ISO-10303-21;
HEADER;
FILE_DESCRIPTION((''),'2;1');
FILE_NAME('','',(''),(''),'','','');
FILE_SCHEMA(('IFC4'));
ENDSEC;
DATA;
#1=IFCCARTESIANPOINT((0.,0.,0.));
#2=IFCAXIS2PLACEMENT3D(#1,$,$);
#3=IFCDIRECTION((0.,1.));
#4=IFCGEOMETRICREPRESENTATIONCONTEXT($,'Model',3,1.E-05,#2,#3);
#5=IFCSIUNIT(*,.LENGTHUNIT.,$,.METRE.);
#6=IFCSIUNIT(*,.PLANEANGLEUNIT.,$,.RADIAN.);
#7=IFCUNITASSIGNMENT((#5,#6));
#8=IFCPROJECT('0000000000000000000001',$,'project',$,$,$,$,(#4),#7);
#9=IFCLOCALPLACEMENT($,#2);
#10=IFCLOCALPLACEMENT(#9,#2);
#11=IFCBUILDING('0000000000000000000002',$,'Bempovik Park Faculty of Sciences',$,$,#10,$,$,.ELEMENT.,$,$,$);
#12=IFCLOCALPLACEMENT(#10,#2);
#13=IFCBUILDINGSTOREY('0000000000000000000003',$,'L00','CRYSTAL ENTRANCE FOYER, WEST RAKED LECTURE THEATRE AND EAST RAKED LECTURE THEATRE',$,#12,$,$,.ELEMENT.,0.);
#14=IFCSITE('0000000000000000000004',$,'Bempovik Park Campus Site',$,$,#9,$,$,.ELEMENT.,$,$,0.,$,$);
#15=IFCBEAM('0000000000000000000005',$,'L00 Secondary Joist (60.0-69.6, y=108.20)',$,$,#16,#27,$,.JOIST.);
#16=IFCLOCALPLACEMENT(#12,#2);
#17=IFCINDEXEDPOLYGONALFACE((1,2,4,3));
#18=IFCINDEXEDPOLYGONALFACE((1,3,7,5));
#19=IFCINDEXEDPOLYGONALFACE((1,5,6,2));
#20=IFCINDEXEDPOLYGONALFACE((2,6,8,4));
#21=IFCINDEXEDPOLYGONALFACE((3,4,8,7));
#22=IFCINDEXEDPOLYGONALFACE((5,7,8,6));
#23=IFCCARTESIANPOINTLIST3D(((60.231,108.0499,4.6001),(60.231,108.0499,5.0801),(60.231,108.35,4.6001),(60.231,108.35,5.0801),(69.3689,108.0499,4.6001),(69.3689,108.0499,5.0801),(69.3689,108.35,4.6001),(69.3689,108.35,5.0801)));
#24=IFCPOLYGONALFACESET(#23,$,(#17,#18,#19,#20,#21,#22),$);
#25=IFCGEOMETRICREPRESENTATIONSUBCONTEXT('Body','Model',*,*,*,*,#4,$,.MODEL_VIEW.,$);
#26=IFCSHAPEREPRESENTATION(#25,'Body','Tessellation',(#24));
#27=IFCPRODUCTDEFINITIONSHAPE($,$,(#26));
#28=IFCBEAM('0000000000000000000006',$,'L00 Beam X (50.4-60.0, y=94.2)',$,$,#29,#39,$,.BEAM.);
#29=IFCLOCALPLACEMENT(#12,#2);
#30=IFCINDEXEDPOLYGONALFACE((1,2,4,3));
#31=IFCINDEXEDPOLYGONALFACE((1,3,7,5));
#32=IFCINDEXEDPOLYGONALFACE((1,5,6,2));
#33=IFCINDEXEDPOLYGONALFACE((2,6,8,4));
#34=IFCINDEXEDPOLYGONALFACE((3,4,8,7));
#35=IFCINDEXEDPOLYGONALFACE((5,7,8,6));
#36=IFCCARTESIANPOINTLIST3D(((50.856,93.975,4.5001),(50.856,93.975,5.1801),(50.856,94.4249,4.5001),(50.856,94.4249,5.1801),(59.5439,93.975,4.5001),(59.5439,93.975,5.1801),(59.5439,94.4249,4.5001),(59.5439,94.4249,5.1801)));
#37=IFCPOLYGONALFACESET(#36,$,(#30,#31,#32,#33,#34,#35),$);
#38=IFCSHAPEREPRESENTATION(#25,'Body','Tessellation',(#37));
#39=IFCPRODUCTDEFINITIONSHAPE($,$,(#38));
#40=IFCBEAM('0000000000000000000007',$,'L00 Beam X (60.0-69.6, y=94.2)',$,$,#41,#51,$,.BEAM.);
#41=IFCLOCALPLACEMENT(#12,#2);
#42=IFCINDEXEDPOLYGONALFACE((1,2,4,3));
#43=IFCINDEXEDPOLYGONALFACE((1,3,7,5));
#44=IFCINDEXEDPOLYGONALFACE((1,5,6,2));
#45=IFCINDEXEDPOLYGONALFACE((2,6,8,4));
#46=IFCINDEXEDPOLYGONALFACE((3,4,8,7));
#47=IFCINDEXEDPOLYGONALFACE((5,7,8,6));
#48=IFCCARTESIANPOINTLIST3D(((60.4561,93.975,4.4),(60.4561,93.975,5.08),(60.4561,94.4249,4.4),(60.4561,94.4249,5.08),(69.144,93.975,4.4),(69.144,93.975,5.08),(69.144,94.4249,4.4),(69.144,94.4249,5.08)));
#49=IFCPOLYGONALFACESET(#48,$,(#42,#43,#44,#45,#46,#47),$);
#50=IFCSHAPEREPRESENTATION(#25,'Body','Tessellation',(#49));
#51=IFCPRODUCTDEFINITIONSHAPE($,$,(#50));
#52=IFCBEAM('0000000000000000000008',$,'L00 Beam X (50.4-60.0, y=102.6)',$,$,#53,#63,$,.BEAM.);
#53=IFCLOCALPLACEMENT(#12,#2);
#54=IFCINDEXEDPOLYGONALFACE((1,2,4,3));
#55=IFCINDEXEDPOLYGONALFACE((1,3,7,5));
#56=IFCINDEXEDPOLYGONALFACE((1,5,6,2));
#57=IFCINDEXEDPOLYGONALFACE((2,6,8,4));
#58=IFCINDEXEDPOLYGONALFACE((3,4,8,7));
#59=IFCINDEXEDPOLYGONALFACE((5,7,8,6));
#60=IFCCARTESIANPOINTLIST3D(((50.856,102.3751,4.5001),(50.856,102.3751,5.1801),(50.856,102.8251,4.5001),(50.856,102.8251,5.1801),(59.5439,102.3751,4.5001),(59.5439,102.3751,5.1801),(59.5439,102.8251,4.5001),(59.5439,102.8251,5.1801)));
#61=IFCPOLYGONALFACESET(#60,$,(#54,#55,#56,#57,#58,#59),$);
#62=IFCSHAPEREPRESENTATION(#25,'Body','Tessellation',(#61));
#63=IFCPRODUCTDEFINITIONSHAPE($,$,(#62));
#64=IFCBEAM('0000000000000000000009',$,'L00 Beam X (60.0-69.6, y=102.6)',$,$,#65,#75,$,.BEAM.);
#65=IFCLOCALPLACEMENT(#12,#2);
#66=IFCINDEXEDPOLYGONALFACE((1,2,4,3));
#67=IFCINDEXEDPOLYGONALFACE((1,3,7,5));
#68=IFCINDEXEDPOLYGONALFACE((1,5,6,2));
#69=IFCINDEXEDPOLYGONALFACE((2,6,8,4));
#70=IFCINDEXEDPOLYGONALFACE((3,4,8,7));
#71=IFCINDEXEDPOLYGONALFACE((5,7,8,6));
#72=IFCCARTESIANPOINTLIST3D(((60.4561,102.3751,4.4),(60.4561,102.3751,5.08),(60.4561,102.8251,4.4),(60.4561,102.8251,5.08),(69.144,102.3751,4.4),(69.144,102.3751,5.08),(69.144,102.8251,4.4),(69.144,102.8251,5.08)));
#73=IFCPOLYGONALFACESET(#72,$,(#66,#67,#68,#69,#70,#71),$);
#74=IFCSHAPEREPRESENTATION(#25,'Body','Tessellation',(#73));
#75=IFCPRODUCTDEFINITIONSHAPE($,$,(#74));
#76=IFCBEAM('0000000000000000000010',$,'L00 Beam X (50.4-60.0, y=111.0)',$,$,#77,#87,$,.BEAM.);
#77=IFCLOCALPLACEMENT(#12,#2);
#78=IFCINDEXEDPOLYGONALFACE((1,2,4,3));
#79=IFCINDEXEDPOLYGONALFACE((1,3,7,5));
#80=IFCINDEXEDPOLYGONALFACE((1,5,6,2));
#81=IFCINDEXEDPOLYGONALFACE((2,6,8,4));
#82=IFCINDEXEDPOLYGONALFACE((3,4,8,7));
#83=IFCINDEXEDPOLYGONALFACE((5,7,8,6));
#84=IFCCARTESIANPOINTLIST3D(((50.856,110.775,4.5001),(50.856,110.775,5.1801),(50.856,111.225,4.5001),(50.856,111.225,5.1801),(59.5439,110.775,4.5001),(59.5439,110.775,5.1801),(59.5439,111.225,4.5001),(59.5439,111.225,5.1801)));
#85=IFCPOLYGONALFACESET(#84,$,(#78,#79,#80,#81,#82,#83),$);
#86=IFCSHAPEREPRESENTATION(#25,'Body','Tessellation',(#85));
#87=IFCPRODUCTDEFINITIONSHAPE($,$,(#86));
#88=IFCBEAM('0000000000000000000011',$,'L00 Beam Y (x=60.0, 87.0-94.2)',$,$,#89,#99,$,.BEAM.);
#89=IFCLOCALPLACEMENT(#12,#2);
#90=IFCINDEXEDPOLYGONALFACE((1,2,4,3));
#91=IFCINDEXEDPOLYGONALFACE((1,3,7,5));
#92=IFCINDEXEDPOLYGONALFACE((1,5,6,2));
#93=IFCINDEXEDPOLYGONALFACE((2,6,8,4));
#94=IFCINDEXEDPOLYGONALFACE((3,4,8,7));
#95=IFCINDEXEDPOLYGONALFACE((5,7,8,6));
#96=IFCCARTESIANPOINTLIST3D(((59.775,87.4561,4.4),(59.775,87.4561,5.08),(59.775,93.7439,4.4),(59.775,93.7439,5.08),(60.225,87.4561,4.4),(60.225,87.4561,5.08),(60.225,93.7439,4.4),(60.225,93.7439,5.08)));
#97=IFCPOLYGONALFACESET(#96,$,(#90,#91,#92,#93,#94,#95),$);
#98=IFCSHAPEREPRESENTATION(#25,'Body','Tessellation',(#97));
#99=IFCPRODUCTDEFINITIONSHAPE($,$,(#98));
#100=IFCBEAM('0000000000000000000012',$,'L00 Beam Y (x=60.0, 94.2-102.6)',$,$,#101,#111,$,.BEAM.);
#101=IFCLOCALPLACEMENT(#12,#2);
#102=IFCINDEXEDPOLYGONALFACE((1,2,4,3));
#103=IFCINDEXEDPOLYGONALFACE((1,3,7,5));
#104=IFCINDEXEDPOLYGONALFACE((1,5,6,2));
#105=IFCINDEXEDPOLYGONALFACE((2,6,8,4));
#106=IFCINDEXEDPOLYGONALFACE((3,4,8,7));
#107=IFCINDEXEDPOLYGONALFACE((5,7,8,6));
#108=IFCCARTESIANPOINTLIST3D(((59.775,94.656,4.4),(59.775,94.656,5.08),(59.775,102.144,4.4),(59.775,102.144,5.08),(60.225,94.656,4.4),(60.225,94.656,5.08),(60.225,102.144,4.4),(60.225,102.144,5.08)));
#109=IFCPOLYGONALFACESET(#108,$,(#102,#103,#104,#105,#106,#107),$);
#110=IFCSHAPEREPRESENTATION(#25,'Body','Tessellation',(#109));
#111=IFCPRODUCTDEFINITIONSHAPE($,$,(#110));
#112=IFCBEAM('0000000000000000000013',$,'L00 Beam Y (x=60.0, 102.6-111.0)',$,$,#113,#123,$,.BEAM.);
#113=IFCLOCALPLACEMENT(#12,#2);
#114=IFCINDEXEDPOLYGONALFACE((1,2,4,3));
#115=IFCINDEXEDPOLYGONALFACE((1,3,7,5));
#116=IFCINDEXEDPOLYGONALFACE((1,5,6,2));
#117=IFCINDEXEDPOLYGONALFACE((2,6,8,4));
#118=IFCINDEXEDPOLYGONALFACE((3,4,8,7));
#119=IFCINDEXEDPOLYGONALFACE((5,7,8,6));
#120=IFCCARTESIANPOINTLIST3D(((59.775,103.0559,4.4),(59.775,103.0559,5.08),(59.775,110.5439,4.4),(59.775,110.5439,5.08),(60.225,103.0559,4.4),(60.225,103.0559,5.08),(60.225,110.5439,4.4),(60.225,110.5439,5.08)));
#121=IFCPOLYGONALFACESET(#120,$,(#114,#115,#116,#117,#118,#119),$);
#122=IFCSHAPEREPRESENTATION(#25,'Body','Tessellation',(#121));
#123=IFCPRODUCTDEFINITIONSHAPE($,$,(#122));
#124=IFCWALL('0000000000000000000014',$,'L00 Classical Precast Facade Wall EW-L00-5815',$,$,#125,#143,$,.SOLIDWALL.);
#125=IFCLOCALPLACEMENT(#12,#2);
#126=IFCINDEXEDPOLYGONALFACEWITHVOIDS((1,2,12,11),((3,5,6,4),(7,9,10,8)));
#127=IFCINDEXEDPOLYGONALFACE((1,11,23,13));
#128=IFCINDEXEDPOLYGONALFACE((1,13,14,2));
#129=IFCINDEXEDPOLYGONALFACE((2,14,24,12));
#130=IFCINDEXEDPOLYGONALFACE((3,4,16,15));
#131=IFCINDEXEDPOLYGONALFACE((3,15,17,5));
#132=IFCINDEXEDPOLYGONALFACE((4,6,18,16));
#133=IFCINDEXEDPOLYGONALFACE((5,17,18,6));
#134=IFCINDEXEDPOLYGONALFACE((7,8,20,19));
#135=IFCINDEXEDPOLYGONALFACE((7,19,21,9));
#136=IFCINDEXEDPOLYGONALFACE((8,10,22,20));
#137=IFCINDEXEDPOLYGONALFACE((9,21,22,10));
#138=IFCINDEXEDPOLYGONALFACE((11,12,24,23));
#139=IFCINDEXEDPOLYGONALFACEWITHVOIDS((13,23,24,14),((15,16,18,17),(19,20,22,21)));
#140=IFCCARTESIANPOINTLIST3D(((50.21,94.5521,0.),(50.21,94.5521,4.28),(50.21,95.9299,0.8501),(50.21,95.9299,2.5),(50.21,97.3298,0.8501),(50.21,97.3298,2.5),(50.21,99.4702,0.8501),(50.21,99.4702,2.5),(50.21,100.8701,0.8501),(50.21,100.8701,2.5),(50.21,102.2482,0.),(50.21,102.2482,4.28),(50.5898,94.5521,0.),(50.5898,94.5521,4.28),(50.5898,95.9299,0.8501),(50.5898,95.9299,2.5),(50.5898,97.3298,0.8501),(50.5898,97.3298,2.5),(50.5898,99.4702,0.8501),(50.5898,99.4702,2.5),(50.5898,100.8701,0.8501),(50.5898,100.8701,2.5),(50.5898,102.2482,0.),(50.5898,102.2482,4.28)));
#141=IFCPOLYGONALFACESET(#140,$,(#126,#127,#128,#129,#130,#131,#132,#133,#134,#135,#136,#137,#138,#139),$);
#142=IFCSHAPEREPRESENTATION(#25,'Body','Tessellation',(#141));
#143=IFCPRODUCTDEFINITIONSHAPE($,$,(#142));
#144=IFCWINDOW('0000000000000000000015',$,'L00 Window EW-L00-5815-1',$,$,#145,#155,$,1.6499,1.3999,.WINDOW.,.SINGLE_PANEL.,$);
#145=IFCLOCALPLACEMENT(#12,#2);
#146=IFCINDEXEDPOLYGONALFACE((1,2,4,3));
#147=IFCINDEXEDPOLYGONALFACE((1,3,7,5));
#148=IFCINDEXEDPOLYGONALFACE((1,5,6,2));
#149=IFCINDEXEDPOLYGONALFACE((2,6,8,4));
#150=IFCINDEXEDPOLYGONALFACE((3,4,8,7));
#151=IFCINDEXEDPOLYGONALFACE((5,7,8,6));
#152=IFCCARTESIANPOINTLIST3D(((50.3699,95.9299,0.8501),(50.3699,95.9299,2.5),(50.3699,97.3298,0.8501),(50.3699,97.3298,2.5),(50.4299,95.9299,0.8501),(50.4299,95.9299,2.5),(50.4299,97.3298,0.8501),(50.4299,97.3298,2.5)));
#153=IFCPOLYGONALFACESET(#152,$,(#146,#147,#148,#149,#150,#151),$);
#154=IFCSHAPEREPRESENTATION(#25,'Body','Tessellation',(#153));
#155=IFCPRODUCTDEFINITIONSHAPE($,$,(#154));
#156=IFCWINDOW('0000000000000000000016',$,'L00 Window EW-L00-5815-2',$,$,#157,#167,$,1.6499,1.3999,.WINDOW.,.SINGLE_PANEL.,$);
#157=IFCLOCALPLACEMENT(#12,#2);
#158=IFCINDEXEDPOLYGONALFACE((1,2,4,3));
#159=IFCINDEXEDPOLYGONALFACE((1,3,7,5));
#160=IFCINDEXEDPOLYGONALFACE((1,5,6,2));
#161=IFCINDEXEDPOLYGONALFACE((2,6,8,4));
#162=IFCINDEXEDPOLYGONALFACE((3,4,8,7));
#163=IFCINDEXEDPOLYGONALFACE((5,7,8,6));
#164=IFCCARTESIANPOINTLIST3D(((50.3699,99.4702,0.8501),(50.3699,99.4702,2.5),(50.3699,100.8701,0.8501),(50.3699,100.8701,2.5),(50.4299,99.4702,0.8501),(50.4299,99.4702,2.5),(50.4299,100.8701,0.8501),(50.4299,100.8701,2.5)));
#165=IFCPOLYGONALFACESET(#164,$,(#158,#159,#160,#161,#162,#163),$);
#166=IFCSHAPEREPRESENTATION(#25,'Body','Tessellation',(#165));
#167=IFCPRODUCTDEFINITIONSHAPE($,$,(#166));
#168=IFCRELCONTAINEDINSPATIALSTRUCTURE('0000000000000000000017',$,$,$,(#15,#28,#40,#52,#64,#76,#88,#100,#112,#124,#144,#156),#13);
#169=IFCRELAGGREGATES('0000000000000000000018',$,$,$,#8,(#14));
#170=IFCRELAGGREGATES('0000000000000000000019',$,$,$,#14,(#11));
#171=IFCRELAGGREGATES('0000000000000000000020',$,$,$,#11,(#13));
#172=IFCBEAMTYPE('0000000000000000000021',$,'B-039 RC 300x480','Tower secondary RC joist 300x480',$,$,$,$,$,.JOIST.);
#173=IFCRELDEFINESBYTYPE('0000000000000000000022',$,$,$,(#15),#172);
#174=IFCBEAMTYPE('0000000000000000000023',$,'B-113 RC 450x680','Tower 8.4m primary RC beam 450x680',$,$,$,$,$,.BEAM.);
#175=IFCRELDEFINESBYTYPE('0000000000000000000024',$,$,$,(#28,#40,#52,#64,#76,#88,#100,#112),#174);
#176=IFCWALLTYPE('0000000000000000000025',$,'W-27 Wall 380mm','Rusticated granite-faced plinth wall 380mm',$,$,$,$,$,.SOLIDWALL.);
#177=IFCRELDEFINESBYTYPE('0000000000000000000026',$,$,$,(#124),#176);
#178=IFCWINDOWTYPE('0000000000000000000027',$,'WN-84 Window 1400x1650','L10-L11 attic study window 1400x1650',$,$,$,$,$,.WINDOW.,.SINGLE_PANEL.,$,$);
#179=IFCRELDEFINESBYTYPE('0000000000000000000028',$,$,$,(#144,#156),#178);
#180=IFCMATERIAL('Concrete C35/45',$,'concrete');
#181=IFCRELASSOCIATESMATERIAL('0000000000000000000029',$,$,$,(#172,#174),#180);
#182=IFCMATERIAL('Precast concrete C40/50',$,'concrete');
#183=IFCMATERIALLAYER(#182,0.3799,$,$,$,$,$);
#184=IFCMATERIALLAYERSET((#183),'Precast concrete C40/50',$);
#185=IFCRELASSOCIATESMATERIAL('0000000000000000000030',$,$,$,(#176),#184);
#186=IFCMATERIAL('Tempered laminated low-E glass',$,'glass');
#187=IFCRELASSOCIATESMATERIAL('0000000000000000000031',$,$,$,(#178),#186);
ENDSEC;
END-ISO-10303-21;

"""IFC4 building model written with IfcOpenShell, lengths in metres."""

from ifc_helpers import new_model, si_unit, direction, frame, frame_2d, origin, origin_2d, place, context, subcontext, project, spatial, rectangle, extrude, material, layer, layer_set, material_profile, profile_set, type_object, element, fill, save


model = new_model("IFC4")

# Units and contexts
model_context = context("Model", 3, precision=1e-05, world=origin(), true_north=direction((0.0, 1.0)))
body_context = subcontext(model_context, "Body", "Model", "MODEL_VIEW")
ifc_project = project(units=[si_unit("LENGTHUNIT", "METRE"), si_unit("PLANEANGLEUNIT", "RADIAN")], contexts=[model_context])

# Site, building, storey
site_placement = place(None, origin())
site = spatial("IfcSite", under=ifc_project, at=site_placement, Name="Bempovik Park Campus Site", CompositionType="ELEMENT", RefElevation=0.0)
building_placement = place(site_placement, origin())
building = spatial("IfcBuilding", under=site, at=building_placement, Name="Bempovik Park Faculty of Sciences", CompositionType="ELEMENT")
storey_placement = place(building_placement, origin())
storey = spatial("IfcBuildingStorey", under=building, at=storey_placement, Name="L00", Description="CRYSTAL ENTRANCE FOYER, WEST RAKED LECTURE THEATRE AND EAST RAKED LECTURE THEATRE", CompositionType="ELEMENT", Elevation=0.0)

# Beams
ifc_material_1 = material(Name="Concrete C35/45", Category="concrete")
ifc_material_profile_1 = material_profile(ifc_material_1, rectangle(XDim=0.3, YDim=0.48, at=origin_2d()), Name="RC 300x480")
ifc_profile_set_1 = profile_set([ifc_material_profile_1], Name="Concrete C35/45")
beam_type_1 = type_object("IfcBeamType", Name="B-039 RC 300x480", Description="Tower secondary RC joist 300x480", PredefinedType="JOIST", material=ifc_profile_set_1)
for number, where, z_axis, x_axis, name in (
    (1, (60.231, 108.2, 4.8401), (1.0, 0.0, 0.0), (0.0, 1.0, 0.0), "L00 Secondary Joist (60.0-69.6, y=108.20)"),
):
    element("IfcBeam", number, at=place(storey_placement, frame(where, z_axis=z_axis, x_axis=x_axis)), inside=storey, type_object=beam_type_1, Name=name, PredefinedType="JOIST", context=body_context, shape_type="SweptSolid", body=[
        extrude(rectangle(XDim=0.3, YDim=0.48, at=origin_2d()), origin(), (0.0, 0.0, 1.0), 9.1379),
    ])
ifc_material_profile_2 = material_profile(ifc_material_1, rectangle(XDim=0.45, YDim=0.6799, at=origin_2d()), Name="RC 450x680")
ifc_profile_set_2 = profile_set([ifc_material_profile_2], Name="Concrete C35/45")
beam_type_2 = type_object("IfcBeamType", Name="B-113 RC 450x680", Description="Tower 8.4m primary RC beam 450x680", PredefinedType="BEAM", material=ifc_profile_set_2)
for number, where, z_axis, x_axis, name in (
    (2, (50.856, 94.2, 4.8401), (1.0, 0.0, 0.0), (0.0, 1.0, 0.0), "L00 Beam X (50.4-60.0, y=94.2)"),
    (3, (60.4561, 94.2, 4.74), (1.0, 0.0, 0.0), (0.0, 1.0, 0.0), "L00 Beam X (60.0-69.6, y=94.2)"),
    (4, (50.856, 102.6001, 4.8401), (1.0, 0.0, 0.0), (0.0, 1.0, 0.0), "L00 Beam X (50.4-60.0, y=102.6)"),
    (5, (60.4561, 102.6001, 4.74), (1.0, 0.0, 0.0), (0.0, 1.0, 0.0), "L00 Beam X (60.0-69.6, y=102.6)"),
    (6, (50.856, 111.0, 4.8401), (1.0, 0.0, 0.0), (0.0, 1.0, 0.0), "L00 Beam X (50.4-60.0, y=111.0)"),
):
    element("IfcBeam", number, at=place(storey_placement, frame(where, z_axis=z_axis, x_axis=x_axis)), inside=storey, type_object=beam_type_2, Name=name, PredefinedType="BEAM", context=body_context, shape_type="SweptSolid", body=[
        extrude(rectangle(XDim=0.45, YDim=0.6799, at=origin_2d()), origin(), (0.0, 0.0, 1.0), 8.688),
    ])
beam_1_placement = place(storey_placement, frame((60.0, 87.4561, 4.74), z_axis=(0.0, 1.0, 0.0), x_axis=(-1.0, 0.0, 0.0)))
element("IfcBeam", 7, at=beam_1_placement, inside=storey, type_object=beam_type_2, Name="L00 Beam Y (x=60.0, 87.0-94.2)", PredefinedType="BEAM", context=body_context, shape_type="SweptSolid", body=[
    extrude(rectangle(XDim=0.45, YDim=0.6799, at=origin_2d()), origin(), (0.0, 0.0, 1.0), 6.2878),
])
for number, where, z_axis, x_axis, name in (
    (8, (60.0, 94.656, 4.74), (0.0, 1.0, 0.0), (-1.0, 0.0, 0.0), "L00 Beam Y (x=60.0, 94.2-102.6)"),
    (9, (60.0, 103.0559, 4.74), (0.0, 1.0, 0.0), (-1.0, 0.0, 0.0), "L00 Beam Y (x=60.0, 102.6-111.0)"),
):
    element("IfcBeam", number, at=place(storey_placement, frame(where, z_axis=z_axis, x_axis=x_axis)), inside=storey, type_object=beam_type_2, Name=name, PredefinedType="BEAM", context=body_context, shape_type="SweptSolid", body=[
        extrude(rectangle(XDim=0.45, YDim=0.6799, at=origin_2d()), origin(), (0.0, 0.0, 1.0), 7.488),
    ])

# Wall, openings, windows
ifc_material_2 = material(Name="Precast concrete C40/50", Category="concrete")
ifc_layer_1 = layer(ifc_material_2, 0.3799)
ifc_layer_set_1 = layer_set([ifc_layer_1], Name="Precast concrete C40/50")
wall_type_1 = type_object("IfcWallType", Name="W-27 Wall 380mm", Description="Rusticated granite-faced plinth wall 380mm", PredefinedType="SOLIDWALL", material=ifc_layer_set_1)
wall_1_placement = place(storey_placement, frame((50.3999, 94.552, 0.0), z_axis=(0.0, 0.0, 1.0), x_axis=(0.0, 1.0, 0.0)))
wall_1 = element("IfcWall", 10, at=wall_1_placement, inside=storey, type_object=wall_type_1, Name="L00 Classical Precast Facade Wall EW-L00-5815", PredefinedType="SOLIDWALL", context=body_context, shape_type="SweptSolid", body=[
    extrude(rectangle(XDim=7.696, YDim=0.3799, at=frame_2d((3.8481, 0.0))), origin(), (0.0, 0.0, 1.0), 4.28),
])
opening_1_placement = place(wall_1_placement, frame((1.3779, 0.0, 0.8501)))
opening_1 = element("IfcOpeningElement", 11, at=opening_1_placement, cuts=wall_1, PredefinedType="OPENING", context=body_context, shape_type="SweptSolid", body=[
    extrude(rectangle(XDim=1.3999, YDim=1.6499, at=frame_2d((0.7, 0.825))), frame((0.0, 0.2, 0.0), z_axis=(0.0, -1.0, 0.0), x_axis=(1.0, 0.0, 0.0)), (0.0, 0.0, 1.0), 0.3999),
])
opening_2_placement = place(wall_1_placement, frame((4.9182, 0.0, 0.8501)))
opening_2 = element("IfcOpeningElement", 12, at=opening_2_placement, cuts=wall_1, PredefinedType="OPENING", context=body_context, shape_type="SweptSolid", body=[
    extrude(rectangle(XDim=1.3999, YDim=1.6499, at=frame_2d((0.7, 0.825))), frame((0.0, 0.2, 0.0), z_axis=(0.0, -1.0, 0.0), x_axis=(1.0, 0.0, 0.0)), (0.0, 0.0, 1.0), 0.3999),
])
ifc_material_3 = material(Name="Tempered laminated low-E glass", Category="glass")
window_type = type_object("IfcWindowType", Name="WN-84 Window 1400x1650", Description="L10-L11 attic study window 1400x1650", PartitioningType="SINGLE_PANEL", PredefinedType="WINDOW", material=ifc_material_3)
window_1_placement = place(opening_1_placement, origin())
window_1 = element("IfcWindow", 13, at=window_1_placement, inside=storey, type_object=window_type, Name="L00 Window EW-L00-5815-1", OverallHeight=1.6499, OverallWidth=1.3999, PartitioningType="SINGLE_PANEL", PredefinedType="WINDOW", context=body_context, shape_type="SweptSolid", body=[
    extrude(rectangle(XDim=1.3999, YDim=1.6499, at=frame_2d((0.7, 0.825))), frame((0.0, 0.03, 0.0), z_axis=(0.0, -1.0, 0.0), x_axis=(1.0, 0.0, 0.0)), (0.0, 0.0, 1.0), 0.0601),
])
fill(opening_1, window_1)
window_2_placement = place(opening_2_placement, origin())
window_2 = element("IfcWindow", 14, at=window_2_placement, inside=storey, type_object=window_type, Name="L00 Window EW-L00-5815-2", OverallHeight=1.6499, OverallWidth=1.3999, PartitioningType="SINGLE_PANEL", PredefinedType="WINDOW", context=body_context, shape_type="SweptSolid", body=[
    extrude(rectangle(XDim=1.3999, YDim=1.6499, at=frame_2d((0.7, 0.825))), frame((0.0, 0.03, 0.0), z_axis=(0.0, -1.0, 0.0), x_axis=(1.0, 0.0, 0.0)), (0.0, 0.0, 1.0), 0.0601),
])
fill(opening_2, window_2)

save(model, "model.ifc")
